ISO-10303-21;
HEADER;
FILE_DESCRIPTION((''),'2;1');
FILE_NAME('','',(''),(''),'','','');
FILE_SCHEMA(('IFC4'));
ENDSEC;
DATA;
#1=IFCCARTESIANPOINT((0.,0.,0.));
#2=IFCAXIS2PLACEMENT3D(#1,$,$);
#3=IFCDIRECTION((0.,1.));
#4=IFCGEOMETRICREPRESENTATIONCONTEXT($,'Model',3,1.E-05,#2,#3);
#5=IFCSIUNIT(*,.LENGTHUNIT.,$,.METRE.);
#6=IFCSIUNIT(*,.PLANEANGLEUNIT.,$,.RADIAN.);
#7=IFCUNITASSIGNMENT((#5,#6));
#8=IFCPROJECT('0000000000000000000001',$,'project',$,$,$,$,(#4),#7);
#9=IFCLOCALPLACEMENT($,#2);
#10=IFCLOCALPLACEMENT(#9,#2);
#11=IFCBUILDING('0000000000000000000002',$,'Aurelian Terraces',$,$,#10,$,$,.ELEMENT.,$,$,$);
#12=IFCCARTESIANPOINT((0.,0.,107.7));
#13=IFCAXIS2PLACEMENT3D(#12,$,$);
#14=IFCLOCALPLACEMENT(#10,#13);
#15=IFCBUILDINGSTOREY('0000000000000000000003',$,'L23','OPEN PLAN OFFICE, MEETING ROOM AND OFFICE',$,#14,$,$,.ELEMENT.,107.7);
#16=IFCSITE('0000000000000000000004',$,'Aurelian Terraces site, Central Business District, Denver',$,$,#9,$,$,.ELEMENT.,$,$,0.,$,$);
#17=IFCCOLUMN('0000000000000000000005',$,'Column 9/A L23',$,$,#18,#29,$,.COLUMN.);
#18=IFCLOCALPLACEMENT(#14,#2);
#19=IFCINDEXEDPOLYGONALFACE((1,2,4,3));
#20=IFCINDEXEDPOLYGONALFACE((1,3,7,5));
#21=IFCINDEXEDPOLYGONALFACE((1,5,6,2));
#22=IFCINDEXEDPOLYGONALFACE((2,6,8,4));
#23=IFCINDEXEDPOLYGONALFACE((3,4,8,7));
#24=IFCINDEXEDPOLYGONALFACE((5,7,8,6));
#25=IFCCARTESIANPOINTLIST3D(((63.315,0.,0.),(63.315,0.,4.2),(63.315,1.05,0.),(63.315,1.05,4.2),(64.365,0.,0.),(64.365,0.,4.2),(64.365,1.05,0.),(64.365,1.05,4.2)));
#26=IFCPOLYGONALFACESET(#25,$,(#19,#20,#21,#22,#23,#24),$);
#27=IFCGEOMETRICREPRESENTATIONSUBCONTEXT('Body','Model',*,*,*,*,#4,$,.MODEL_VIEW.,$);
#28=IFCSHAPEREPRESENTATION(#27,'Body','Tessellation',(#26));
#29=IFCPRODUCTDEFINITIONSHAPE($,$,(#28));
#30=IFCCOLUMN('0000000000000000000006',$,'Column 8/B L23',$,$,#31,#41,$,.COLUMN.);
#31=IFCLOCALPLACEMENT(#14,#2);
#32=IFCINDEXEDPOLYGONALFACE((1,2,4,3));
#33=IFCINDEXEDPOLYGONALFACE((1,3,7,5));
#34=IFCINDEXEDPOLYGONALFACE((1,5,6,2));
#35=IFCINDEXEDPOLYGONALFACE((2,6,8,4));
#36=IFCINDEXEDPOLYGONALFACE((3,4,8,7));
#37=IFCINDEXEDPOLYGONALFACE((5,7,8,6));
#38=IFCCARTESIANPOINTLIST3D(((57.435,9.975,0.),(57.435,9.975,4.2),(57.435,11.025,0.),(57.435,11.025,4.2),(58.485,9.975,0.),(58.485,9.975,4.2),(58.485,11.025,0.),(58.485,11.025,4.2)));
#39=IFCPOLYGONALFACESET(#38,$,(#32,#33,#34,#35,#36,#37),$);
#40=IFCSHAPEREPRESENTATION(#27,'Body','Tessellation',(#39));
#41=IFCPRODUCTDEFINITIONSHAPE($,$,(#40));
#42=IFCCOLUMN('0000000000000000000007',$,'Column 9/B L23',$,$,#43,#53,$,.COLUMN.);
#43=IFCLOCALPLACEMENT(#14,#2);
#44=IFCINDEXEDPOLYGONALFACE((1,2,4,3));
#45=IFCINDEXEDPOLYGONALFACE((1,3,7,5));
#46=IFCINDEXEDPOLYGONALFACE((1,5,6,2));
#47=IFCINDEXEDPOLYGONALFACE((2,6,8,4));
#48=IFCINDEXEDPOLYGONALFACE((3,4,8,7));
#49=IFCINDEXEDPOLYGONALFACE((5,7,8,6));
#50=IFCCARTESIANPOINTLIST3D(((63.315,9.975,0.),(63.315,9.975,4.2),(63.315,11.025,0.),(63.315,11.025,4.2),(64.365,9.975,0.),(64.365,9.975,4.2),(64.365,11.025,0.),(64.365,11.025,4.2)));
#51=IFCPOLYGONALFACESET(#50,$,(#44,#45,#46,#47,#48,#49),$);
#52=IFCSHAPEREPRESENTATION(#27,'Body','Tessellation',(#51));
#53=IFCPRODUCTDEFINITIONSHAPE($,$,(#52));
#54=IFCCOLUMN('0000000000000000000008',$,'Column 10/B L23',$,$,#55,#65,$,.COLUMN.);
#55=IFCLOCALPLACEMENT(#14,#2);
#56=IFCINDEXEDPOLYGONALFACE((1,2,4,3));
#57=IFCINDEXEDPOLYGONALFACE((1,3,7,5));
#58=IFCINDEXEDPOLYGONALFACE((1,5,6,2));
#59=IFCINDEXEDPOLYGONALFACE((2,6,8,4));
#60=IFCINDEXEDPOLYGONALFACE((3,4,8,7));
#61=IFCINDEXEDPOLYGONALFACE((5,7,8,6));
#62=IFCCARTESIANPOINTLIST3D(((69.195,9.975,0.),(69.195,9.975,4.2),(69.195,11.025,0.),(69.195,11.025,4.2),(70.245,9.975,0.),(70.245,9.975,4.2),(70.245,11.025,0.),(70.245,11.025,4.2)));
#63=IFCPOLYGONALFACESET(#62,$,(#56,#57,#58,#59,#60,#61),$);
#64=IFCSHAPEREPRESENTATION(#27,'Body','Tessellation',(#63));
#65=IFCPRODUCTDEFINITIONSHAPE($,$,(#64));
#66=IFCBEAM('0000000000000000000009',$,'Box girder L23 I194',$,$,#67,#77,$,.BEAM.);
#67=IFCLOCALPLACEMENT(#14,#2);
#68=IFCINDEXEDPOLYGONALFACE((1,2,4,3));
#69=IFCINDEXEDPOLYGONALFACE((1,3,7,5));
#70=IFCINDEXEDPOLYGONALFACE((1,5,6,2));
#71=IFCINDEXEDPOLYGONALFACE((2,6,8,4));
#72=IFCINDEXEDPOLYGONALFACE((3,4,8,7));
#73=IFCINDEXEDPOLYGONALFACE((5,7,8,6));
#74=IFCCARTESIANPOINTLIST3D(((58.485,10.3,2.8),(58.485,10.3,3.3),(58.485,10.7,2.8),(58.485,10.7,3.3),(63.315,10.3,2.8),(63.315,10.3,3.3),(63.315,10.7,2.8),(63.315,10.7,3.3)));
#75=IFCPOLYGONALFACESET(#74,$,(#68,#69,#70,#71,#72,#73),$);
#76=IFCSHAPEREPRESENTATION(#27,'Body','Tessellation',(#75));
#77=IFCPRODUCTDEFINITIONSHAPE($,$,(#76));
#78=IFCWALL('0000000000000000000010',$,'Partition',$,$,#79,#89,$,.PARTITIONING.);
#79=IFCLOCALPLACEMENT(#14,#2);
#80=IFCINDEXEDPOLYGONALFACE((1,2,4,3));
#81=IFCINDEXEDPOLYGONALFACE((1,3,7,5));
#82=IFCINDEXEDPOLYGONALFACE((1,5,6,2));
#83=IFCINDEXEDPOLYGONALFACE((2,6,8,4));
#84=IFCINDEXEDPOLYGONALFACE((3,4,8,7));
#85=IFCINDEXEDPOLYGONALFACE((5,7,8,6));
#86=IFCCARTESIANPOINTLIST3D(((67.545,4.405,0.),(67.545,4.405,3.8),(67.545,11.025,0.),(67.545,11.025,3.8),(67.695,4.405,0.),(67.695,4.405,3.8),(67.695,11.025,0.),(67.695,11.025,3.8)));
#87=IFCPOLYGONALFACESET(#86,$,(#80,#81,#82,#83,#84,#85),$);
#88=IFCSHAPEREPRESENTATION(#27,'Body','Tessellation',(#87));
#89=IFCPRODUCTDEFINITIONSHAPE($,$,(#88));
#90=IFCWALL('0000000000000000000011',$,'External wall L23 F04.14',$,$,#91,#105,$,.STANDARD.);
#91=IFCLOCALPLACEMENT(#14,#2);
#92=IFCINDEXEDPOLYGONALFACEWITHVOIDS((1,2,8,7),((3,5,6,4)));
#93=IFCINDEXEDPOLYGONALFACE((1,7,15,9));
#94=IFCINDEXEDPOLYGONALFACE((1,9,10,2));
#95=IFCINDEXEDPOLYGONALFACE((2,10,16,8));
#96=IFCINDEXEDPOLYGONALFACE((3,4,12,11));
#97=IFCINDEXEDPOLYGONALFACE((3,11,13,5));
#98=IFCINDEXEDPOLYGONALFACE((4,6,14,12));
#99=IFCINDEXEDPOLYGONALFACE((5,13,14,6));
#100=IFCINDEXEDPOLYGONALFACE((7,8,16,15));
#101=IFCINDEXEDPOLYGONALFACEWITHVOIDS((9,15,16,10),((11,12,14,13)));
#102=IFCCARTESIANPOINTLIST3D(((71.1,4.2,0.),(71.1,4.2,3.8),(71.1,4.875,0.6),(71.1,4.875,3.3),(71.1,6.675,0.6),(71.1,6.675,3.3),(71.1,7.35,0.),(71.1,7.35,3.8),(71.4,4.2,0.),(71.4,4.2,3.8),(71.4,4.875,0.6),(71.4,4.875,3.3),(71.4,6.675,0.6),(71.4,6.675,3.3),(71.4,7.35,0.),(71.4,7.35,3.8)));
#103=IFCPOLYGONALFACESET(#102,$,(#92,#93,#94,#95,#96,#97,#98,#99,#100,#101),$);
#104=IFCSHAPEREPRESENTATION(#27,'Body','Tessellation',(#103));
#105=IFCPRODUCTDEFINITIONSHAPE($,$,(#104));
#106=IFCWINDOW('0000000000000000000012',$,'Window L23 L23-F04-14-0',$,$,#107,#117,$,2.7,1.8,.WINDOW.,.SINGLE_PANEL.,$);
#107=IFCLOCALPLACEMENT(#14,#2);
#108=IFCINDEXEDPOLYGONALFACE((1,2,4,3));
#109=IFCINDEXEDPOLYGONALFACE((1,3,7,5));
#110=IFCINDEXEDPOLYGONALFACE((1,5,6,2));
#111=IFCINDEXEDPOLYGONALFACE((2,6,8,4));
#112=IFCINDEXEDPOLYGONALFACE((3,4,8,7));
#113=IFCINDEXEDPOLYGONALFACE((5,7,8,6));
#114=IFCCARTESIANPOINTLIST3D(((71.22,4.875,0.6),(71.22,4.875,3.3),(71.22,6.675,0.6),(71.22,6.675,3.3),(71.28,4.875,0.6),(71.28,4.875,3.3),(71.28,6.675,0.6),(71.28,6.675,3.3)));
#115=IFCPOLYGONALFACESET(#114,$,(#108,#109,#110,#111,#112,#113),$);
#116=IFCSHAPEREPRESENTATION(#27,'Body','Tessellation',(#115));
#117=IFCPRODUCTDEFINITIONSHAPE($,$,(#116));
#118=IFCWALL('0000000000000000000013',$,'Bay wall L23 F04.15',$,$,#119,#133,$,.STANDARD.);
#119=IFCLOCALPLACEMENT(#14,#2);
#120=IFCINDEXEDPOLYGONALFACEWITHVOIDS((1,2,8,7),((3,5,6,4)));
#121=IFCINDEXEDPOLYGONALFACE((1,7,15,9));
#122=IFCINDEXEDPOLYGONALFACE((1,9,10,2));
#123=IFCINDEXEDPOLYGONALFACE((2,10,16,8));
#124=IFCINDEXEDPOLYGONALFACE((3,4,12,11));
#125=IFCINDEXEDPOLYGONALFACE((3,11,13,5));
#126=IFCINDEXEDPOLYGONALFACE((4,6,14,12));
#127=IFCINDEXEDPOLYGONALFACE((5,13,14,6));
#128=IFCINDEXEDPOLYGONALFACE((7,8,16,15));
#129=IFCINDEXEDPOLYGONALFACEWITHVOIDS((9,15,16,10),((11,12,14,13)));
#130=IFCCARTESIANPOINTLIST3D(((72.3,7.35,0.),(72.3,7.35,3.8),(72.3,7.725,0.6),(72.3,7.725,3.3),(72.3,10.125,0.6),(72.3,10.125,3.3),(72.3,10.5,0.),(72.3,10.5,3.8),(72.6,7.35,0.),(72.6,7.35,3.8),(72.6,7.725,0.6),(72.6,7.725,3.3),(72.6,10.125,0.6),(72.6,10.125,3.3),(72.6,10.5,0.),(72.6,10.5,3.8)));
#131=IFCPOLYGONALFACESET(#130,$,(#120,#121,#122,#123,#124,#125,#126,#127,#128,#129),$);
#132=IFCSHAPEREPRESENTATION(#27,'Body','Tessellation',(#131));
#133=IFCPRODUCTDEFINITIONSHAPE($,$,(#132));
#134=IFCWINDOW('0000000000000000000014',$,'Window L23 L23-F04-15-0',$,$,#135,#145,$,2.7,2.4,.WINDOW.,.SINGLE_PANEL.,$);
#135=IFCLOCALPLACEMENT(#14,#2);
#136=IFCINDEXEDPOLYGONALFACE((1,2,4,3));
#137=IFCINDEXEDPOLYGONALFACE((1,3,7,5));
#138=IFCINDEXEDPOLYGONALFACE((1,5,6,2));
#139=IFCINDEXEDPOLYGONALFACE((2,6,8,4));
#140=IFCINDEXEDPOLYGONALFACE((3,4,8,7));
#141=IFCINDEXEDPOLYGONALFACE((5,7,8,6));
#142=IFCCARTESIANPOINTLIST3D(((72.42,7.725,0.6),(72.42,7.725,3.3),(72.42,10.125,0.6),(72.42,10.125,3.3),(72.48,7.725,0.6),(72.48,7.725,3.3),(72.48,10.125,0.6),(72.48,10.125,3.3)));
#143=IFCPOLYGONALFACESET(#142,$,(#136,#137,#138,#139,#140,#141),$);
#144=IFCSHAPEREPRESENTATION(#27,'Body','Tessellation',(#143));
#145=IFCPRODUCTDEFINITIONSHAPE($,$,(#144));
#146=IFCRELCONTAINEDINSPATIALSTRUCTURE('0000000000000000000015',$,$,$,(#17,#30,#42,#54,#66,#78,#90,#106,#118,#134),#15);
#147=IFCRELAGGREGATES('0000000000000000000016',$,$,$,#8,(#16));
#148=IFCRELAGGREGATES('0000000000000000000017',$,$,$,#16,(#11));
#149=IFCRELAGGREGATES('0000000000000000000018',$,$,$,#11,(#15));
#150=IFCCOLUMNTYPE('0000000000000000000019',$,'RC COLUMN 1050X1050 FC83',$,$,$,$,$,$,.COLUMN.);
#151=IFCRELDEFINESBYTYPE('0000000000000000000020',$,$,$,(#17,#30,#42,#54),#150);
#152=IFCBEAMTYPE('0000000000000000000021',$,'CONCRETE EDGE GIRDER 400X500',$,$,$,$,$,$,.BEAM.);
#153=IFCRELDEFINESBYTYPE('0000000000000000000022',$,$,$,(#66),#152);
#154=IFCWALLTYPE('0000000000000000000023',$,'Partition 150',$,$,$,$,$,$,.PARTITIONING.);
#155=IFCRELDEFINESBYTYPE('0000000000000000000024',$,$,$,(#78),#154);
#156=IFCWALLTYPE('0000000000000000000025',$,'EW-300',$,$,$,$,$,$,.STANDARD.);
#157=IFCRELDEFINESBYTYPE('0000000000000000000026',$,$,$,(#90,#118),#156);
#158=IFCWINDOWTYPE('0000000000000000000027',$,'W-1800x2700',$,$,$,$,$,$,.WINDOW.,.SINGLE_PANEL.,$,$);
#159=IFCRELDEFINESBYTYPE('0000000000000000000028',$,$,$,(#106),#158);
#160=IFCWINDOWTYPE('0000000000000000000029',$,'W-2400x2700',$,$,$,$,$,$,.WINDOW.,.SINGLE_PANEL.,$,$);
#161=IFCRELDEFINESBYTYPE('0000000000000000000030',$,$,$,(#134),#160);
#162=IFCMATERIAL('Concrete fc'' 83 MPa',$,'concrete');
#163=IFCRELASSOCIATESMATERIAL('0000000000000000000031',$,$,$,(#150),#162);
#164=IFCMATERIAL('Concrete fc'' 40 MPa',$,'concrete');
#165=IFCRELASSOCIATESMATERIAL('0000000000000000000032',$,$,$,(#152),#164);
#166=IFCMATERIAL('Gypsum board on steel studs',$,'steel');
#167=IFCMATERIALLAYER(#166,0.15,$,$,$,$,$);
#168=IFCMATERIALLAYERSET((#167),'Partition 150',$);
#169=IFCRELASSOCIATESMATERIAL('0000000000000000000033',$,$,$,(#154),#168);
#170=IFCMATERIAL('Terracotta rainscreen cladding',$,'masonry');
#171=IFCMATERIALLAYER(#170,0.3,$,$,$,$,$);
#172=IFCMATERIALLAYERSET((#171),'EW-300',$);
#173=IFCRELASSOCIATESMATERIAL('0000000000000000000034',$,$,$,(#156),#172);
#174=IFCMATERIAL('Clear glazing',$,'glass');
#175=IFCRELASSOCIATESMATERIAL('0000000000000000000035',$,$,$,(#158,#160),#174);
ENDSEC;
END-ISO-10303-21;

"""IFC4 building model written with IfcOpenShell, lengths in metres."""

from ifc_helpers import new_model, si_unit, direction, frame, frame_2d, origin, origin_2d, place, context, subcontext, project, spatial, rectangle, extrude, source, transform, mapped, material, layer, layer_set, material_profile, profile_set, type_object, element, fill, save


model = new_model("IFC4")

# Units and contexts
model_context = context("Model", 3, precision=1e-05, world=origin(), true_north=direction((0.0, 1.0)))
body_context = subcontext(model_context, "Body", "Model", "MODEL_VIEW")
ifc_project = project(units=[si_unit("LENGTHUNIT", "METRE"), si_unit("PLANEANGLEUNIT", "RADIAN")], contexts=[model_context])

# Site, building, storey
site_placement = place(None, origin())
site = spatial("IfcSite", under=ifc_project, at=site_placement, Name="Aurelian Terraces site, Central Business District, Denver", CompositionType="ELEMENT", RefElevation=0.0)
building_placement = place(site_placement, origin())
building = spatial("IfcBuilding", under=site, at=building_placement, Name="Aurelian Terraces", CompositionType="ELEMENT")
storey_placement = place(building_placement, frame((0.0, 0.0, 107.7)))
storey = spatial("IfcBuildingStorey", under=building, at=storey_placement, Name="L23", Description="OPEN PLAN OFFICE, MEETING ROOM AND OFFICE", CompositionType="ELEMENT", Elevation=107.7)

# Columns
ifc_material_1 = material(Name="Concrete fc' 83 MPa", Category="concrete")
ifc_material_profile_1 = material_profile(ifc_material_1, rectangle(XDim=1.05, YDim=1.05, at=origin_2d()))
ifc_profile_set_1 = profile_set([ifc_material_profile_1], Name="Concrete fc' 83 MPa")
column_type = type_object("IfcColumnType", Name="RC COLUMN 1050X1050 FC83", PredefinedType="COLUMN", material=ifc_profile_set_1)
shared_shape_1 = source(origin(), body_context, "Body", "SweptSolid", [
    extrude(rectangle(XDim=1.05, YDim=1.05, at=origin_2d()), origin(), (0.0, 0.0, 1.0), 4.2),
])
for number, where, z_axis, x_axis, name in (
    (1, (63.84, 0.525, 0.0), (0.0, 0.0, 1.0), (1.0, 0.0, 0.0), "Column 9/A L23"),
    (2, (57.96, 10.5, 0.0), (0.0, 0.0, 1.0), (1.0, 0.0, 0.0), "Column 8/B L23"),
    (3, (63.84, 10.5, 0.0), (0.0, 0.0, 1.0), (1.0, 0.0, 0.0), "Column 9/B L23"),
    (4, (69.72, 10.5, 0.0), (0.0, 0.0, 1.0), (1.0, 0.0, 0.0), "Column 10/B L23"),
):
    element("IfcColumn", number, at=place(storey_placement, frame(where, z_axis=z_axis, x_axis=x_axis)), inside=storey, type_object=column_type, Name=name, PredefinedType="COLUMN", context=body_context, shape_type="MappedRepresentation", body=[
        mapped(shared_shape_1, transform((0.0, 0.0, 0.0), scale=1.0)),
    ])

# Beam
ifc_material_2 = material(Name="Concrete fc' 40 MPa", Category="concrete")
ifc_material_profile_2 = material_profile(ifc_material_2, rectangle(XDim=0.4, YDim=0.5, at=origin_2d()))
ifc_profile_set_2 = profile_set([ifc_material_profile_2], Name="Concrete fc' 40 MPa")
beam_type = type_object("IfcBeamType", Name="CONCRETE EDGE GIRDER 400X500", PredefinedType="BEAM", material=ifc_profile_set_2)
shared_shape_2 = source(origin(), body_context, "Body", "SweptSolid", [
    extrude(rectangle(XDim=0.4, YDim=0.5, at=origin_2d()), origin(), (0.0, 0.0, 1.0), 4.83),
])
beam_placement = place(storey_placement, frame((58.485, 10.5, 3.05), z_axis=(1.0, 0.0, 0.0), x_axis=(0.0, 1.0, 0.0)))
element("IfcBeam", 5, at=beam_placement, inside=storey, type_object=beam_type, Name="Box girder L23 I194", PredefinedType="BEAM", context=body_context, shape_type="MappedRepresentation", body=[
    mapped(shared_shape_2, transform((0.0, 0.0, 0.0), scale=1.0)),
])

# Wall
ifc_material_3 = material(Name="Gypsum board on steel studs", Category="steel")
ifc_layer_1 = layer(ifc_material_3, 0.15)
ifc_layer_set_1 = layer_set([ifc_layer_1], Name="Partition 150")
wall_type_1 = type_object("IfcWallType", Name="Partition 150", PredefinedType="PARTITIONING", material=ifc_layer_set_1)
wall_1_placement = place(storey_placement, frame((67.62, 4.405, 0.0), z_axis=(0.0, 0.0, 1.0), x_axis=(0.0, 1.0, 0.0)))
element("IfcWall", 6, at=wall_1_placement, inside=storey, type_object=wall_type_1, Name="Partition", PredefinedType="PARTITIONING", context=body_context, shape_type="SweptSolid", body=[
    extrude(rectangle(XDim=6.62, YDim=0.15, at=frame_2d((3.31, 0.0))), origin(), (0.0, 0.0, 1.0), 3.8),
])

# Walls, openings, windows
ifc_material_4 = material(Name="Terracotta rainscreen cladding", Category="masonry")
ifc_layer_2 = layer(ifc_material_4, 0.3)
ifc_layer_set_2 = layer_set([ifc_layer_2], Name="EW-300")
wall_type_2 = type_object("IfcWallType", Name="EW-300", PredefinedType="STANDARD", material=ifc_layer_set_2)
shared_shape_3 = source(origin(), body_context, "Body", "SweptSolid", [
    extrude(rectangle(XDim=3.15, YDim=0.3, at=frame_2d((1.575, 0.0))), origin(), (0.0, 0.0, 1.0), 3.8),
])
wall_2_placement = place(storey_placement, frame((71.25, 4.2, 0.0), z_axis=(0.0, 0.0, 1.0), x_axis=(0.0, 1.0, 0.0)))
wall_2 = element("IfcWall", 7, at=wall_2_placement, inside=storey, type_object=wall_type_2, Name="External wall L23 F04.14", PredefinedType="STANDARD", context=body_context, shape_type="MappedRepresentation", body=[
    mapped(shared_shape_3, transform((0.0, 0.0, 0.0), scale=1.0)),
])
shared_shape_4 = source(origin(), body_context, "Body", "SweptSolid", [
    extrude(rectangle(XDim=1.8, YDim=2.7, at=frame_2d((0.9, 1.35))), frame((0.0, 0.16, 0.0), z_axis=(0.0, -1.0, 0.0), x_axis=(1.0, 0.0, 0.0)), (0.0, 0.0, 1.0), 0.32),
])
opening_1_placement = place(wall_2_placement, frame((0.675, 0.0, 0.6)))
opening_1 = element("IfcOpeningElement", 8, at=opening_1_placement, cuts=wall_2, PredefinedType="OPENING", context=body_context, shape_type="MappedRepresentation", body=[
    mapped(shared_shape_4, transform((0.0, 0.0, 0.0), scale=1.0)),
])
ifc_material_5 = material(Name="Clear glazing", Category="glass")
window_type_1 = type_object("IfcWindowType", Name="W-1800x2700", PartitioningType="SINGLE_PANEL", PredefinedType="WINDOW", material=ifc_material_5)
shared_shape_5 = source(origin(), body_context, "Body", "SweptSolid", [
    extrude(rectangle(XDim=1.8, YDim=2.7, at=frame_2d((0.9, 1.35))), frame((0.0, 0.03, 0.0), z_axis=(0.0, -1.0, 0.0), x_axis=(1.0, 0.0, 0.0)), (0.0, 0.0, 1.0), 0.06),
])
window_1_placement = place(opening_1_placement, origin())
window_1 = element("IfcWindow", 9, at=window_1_placement, inside=storey, type_object=window_type_1, Name="Window L23 L23-F04-14-0", OverallHeight=2.7, OverallWidth=1.8, PartitioningType="SINGLE_PANEL", PredefinedType="WINDOW", context=body_context, shape_type="MappedRepresentation", body=[
    mapped(shared_shape_5, transform((0.0, 0.0, 0.0), scale=1.0)),
])
fill(opening_1, window_1)
wall_3_placement = place(storey_placement, frame((72.45, 7.35, 0.0), z_axis=(0.0, 0.0, 1.0), x_axis=(0.0, 1.0, 0.0)))
wall_3 = element("IfcWall", 10, at=wall_3_placement, inside=storey, type_object=wall_type_2, Name="Bay wall L23 F04.15", PredefinedType="STANDARD", context=body_context, shape_type="MappedRepresentation", body=[
    mapped(shared_shape_3, transform((0.0, 0.0, 0.0), scale=1.0)),
])
shared_shape_6 = source(origin(), body_context, "Body", "SweptSolid", [
    extrude(rectangle(XDim=2.4, YDim=2.7, at=frame_2d((1.2, 1.35))), frame((0.0, 0.16, 0.0), z_axis=(0.0, -1.0, 0.0), x_axis=(1.0, 0.0, 0.0)), (0.0, 0.0, 1.0), 0.32),
])
opening_2_placement = place(wall_3_placement, frame((0.375, 0.0, 0.6)))
opening_2 = element("IfcOpeningElement", 11, at=opening_2_placement, cuts=wall_3, PredefinedType="OPENING", context=body_context, shape_type="MappedRepresentation", body=[
    mapped(shared_shape_6, transform((0.0, 0.0, 0.0), scale=1.0)),
])
window_type_2 = type_object("IfcWindowType", Name="W-2400x2700", PartitioningType="SINGLE_PANEL", PredefinedType="WINDOW", material=ifc_material_5)
shared_shape_7 = source(origin(), body_context, "Body", "SweptSolid", [
    extrude(rectangle(XDim=2.4, YDim=2.7, at=frame_2d((1.2, 1.35))), frame((0.0, 0.03, 0.0), z_axis=(0.0, -1.0, 0.0), x_axis=(1.0, 0.0, 0.0)), (0.0, 0.0, 1.0), 0.06),
])
window_2_placement = place(opening_2_placement, origin())
window_2 = element("IfcWindow", 12, at=window_2_placement, inside=storey, type_object=window_type_2, Name="Window L23 L23-F04-15-0", OverallHeight=2.7, OverallWidth=2.4, PartitioningType="SINGLE_PANEL", PredefinedType="WINDOW", context=body_context, shape_type="MappedRepresentation", body=[
    mapped(shared_shape_7, transform((0.0, 0.0, 0.0), scale=1.0)),
])
fill(opening_2, window_2)

save(model, "model.ifc")
